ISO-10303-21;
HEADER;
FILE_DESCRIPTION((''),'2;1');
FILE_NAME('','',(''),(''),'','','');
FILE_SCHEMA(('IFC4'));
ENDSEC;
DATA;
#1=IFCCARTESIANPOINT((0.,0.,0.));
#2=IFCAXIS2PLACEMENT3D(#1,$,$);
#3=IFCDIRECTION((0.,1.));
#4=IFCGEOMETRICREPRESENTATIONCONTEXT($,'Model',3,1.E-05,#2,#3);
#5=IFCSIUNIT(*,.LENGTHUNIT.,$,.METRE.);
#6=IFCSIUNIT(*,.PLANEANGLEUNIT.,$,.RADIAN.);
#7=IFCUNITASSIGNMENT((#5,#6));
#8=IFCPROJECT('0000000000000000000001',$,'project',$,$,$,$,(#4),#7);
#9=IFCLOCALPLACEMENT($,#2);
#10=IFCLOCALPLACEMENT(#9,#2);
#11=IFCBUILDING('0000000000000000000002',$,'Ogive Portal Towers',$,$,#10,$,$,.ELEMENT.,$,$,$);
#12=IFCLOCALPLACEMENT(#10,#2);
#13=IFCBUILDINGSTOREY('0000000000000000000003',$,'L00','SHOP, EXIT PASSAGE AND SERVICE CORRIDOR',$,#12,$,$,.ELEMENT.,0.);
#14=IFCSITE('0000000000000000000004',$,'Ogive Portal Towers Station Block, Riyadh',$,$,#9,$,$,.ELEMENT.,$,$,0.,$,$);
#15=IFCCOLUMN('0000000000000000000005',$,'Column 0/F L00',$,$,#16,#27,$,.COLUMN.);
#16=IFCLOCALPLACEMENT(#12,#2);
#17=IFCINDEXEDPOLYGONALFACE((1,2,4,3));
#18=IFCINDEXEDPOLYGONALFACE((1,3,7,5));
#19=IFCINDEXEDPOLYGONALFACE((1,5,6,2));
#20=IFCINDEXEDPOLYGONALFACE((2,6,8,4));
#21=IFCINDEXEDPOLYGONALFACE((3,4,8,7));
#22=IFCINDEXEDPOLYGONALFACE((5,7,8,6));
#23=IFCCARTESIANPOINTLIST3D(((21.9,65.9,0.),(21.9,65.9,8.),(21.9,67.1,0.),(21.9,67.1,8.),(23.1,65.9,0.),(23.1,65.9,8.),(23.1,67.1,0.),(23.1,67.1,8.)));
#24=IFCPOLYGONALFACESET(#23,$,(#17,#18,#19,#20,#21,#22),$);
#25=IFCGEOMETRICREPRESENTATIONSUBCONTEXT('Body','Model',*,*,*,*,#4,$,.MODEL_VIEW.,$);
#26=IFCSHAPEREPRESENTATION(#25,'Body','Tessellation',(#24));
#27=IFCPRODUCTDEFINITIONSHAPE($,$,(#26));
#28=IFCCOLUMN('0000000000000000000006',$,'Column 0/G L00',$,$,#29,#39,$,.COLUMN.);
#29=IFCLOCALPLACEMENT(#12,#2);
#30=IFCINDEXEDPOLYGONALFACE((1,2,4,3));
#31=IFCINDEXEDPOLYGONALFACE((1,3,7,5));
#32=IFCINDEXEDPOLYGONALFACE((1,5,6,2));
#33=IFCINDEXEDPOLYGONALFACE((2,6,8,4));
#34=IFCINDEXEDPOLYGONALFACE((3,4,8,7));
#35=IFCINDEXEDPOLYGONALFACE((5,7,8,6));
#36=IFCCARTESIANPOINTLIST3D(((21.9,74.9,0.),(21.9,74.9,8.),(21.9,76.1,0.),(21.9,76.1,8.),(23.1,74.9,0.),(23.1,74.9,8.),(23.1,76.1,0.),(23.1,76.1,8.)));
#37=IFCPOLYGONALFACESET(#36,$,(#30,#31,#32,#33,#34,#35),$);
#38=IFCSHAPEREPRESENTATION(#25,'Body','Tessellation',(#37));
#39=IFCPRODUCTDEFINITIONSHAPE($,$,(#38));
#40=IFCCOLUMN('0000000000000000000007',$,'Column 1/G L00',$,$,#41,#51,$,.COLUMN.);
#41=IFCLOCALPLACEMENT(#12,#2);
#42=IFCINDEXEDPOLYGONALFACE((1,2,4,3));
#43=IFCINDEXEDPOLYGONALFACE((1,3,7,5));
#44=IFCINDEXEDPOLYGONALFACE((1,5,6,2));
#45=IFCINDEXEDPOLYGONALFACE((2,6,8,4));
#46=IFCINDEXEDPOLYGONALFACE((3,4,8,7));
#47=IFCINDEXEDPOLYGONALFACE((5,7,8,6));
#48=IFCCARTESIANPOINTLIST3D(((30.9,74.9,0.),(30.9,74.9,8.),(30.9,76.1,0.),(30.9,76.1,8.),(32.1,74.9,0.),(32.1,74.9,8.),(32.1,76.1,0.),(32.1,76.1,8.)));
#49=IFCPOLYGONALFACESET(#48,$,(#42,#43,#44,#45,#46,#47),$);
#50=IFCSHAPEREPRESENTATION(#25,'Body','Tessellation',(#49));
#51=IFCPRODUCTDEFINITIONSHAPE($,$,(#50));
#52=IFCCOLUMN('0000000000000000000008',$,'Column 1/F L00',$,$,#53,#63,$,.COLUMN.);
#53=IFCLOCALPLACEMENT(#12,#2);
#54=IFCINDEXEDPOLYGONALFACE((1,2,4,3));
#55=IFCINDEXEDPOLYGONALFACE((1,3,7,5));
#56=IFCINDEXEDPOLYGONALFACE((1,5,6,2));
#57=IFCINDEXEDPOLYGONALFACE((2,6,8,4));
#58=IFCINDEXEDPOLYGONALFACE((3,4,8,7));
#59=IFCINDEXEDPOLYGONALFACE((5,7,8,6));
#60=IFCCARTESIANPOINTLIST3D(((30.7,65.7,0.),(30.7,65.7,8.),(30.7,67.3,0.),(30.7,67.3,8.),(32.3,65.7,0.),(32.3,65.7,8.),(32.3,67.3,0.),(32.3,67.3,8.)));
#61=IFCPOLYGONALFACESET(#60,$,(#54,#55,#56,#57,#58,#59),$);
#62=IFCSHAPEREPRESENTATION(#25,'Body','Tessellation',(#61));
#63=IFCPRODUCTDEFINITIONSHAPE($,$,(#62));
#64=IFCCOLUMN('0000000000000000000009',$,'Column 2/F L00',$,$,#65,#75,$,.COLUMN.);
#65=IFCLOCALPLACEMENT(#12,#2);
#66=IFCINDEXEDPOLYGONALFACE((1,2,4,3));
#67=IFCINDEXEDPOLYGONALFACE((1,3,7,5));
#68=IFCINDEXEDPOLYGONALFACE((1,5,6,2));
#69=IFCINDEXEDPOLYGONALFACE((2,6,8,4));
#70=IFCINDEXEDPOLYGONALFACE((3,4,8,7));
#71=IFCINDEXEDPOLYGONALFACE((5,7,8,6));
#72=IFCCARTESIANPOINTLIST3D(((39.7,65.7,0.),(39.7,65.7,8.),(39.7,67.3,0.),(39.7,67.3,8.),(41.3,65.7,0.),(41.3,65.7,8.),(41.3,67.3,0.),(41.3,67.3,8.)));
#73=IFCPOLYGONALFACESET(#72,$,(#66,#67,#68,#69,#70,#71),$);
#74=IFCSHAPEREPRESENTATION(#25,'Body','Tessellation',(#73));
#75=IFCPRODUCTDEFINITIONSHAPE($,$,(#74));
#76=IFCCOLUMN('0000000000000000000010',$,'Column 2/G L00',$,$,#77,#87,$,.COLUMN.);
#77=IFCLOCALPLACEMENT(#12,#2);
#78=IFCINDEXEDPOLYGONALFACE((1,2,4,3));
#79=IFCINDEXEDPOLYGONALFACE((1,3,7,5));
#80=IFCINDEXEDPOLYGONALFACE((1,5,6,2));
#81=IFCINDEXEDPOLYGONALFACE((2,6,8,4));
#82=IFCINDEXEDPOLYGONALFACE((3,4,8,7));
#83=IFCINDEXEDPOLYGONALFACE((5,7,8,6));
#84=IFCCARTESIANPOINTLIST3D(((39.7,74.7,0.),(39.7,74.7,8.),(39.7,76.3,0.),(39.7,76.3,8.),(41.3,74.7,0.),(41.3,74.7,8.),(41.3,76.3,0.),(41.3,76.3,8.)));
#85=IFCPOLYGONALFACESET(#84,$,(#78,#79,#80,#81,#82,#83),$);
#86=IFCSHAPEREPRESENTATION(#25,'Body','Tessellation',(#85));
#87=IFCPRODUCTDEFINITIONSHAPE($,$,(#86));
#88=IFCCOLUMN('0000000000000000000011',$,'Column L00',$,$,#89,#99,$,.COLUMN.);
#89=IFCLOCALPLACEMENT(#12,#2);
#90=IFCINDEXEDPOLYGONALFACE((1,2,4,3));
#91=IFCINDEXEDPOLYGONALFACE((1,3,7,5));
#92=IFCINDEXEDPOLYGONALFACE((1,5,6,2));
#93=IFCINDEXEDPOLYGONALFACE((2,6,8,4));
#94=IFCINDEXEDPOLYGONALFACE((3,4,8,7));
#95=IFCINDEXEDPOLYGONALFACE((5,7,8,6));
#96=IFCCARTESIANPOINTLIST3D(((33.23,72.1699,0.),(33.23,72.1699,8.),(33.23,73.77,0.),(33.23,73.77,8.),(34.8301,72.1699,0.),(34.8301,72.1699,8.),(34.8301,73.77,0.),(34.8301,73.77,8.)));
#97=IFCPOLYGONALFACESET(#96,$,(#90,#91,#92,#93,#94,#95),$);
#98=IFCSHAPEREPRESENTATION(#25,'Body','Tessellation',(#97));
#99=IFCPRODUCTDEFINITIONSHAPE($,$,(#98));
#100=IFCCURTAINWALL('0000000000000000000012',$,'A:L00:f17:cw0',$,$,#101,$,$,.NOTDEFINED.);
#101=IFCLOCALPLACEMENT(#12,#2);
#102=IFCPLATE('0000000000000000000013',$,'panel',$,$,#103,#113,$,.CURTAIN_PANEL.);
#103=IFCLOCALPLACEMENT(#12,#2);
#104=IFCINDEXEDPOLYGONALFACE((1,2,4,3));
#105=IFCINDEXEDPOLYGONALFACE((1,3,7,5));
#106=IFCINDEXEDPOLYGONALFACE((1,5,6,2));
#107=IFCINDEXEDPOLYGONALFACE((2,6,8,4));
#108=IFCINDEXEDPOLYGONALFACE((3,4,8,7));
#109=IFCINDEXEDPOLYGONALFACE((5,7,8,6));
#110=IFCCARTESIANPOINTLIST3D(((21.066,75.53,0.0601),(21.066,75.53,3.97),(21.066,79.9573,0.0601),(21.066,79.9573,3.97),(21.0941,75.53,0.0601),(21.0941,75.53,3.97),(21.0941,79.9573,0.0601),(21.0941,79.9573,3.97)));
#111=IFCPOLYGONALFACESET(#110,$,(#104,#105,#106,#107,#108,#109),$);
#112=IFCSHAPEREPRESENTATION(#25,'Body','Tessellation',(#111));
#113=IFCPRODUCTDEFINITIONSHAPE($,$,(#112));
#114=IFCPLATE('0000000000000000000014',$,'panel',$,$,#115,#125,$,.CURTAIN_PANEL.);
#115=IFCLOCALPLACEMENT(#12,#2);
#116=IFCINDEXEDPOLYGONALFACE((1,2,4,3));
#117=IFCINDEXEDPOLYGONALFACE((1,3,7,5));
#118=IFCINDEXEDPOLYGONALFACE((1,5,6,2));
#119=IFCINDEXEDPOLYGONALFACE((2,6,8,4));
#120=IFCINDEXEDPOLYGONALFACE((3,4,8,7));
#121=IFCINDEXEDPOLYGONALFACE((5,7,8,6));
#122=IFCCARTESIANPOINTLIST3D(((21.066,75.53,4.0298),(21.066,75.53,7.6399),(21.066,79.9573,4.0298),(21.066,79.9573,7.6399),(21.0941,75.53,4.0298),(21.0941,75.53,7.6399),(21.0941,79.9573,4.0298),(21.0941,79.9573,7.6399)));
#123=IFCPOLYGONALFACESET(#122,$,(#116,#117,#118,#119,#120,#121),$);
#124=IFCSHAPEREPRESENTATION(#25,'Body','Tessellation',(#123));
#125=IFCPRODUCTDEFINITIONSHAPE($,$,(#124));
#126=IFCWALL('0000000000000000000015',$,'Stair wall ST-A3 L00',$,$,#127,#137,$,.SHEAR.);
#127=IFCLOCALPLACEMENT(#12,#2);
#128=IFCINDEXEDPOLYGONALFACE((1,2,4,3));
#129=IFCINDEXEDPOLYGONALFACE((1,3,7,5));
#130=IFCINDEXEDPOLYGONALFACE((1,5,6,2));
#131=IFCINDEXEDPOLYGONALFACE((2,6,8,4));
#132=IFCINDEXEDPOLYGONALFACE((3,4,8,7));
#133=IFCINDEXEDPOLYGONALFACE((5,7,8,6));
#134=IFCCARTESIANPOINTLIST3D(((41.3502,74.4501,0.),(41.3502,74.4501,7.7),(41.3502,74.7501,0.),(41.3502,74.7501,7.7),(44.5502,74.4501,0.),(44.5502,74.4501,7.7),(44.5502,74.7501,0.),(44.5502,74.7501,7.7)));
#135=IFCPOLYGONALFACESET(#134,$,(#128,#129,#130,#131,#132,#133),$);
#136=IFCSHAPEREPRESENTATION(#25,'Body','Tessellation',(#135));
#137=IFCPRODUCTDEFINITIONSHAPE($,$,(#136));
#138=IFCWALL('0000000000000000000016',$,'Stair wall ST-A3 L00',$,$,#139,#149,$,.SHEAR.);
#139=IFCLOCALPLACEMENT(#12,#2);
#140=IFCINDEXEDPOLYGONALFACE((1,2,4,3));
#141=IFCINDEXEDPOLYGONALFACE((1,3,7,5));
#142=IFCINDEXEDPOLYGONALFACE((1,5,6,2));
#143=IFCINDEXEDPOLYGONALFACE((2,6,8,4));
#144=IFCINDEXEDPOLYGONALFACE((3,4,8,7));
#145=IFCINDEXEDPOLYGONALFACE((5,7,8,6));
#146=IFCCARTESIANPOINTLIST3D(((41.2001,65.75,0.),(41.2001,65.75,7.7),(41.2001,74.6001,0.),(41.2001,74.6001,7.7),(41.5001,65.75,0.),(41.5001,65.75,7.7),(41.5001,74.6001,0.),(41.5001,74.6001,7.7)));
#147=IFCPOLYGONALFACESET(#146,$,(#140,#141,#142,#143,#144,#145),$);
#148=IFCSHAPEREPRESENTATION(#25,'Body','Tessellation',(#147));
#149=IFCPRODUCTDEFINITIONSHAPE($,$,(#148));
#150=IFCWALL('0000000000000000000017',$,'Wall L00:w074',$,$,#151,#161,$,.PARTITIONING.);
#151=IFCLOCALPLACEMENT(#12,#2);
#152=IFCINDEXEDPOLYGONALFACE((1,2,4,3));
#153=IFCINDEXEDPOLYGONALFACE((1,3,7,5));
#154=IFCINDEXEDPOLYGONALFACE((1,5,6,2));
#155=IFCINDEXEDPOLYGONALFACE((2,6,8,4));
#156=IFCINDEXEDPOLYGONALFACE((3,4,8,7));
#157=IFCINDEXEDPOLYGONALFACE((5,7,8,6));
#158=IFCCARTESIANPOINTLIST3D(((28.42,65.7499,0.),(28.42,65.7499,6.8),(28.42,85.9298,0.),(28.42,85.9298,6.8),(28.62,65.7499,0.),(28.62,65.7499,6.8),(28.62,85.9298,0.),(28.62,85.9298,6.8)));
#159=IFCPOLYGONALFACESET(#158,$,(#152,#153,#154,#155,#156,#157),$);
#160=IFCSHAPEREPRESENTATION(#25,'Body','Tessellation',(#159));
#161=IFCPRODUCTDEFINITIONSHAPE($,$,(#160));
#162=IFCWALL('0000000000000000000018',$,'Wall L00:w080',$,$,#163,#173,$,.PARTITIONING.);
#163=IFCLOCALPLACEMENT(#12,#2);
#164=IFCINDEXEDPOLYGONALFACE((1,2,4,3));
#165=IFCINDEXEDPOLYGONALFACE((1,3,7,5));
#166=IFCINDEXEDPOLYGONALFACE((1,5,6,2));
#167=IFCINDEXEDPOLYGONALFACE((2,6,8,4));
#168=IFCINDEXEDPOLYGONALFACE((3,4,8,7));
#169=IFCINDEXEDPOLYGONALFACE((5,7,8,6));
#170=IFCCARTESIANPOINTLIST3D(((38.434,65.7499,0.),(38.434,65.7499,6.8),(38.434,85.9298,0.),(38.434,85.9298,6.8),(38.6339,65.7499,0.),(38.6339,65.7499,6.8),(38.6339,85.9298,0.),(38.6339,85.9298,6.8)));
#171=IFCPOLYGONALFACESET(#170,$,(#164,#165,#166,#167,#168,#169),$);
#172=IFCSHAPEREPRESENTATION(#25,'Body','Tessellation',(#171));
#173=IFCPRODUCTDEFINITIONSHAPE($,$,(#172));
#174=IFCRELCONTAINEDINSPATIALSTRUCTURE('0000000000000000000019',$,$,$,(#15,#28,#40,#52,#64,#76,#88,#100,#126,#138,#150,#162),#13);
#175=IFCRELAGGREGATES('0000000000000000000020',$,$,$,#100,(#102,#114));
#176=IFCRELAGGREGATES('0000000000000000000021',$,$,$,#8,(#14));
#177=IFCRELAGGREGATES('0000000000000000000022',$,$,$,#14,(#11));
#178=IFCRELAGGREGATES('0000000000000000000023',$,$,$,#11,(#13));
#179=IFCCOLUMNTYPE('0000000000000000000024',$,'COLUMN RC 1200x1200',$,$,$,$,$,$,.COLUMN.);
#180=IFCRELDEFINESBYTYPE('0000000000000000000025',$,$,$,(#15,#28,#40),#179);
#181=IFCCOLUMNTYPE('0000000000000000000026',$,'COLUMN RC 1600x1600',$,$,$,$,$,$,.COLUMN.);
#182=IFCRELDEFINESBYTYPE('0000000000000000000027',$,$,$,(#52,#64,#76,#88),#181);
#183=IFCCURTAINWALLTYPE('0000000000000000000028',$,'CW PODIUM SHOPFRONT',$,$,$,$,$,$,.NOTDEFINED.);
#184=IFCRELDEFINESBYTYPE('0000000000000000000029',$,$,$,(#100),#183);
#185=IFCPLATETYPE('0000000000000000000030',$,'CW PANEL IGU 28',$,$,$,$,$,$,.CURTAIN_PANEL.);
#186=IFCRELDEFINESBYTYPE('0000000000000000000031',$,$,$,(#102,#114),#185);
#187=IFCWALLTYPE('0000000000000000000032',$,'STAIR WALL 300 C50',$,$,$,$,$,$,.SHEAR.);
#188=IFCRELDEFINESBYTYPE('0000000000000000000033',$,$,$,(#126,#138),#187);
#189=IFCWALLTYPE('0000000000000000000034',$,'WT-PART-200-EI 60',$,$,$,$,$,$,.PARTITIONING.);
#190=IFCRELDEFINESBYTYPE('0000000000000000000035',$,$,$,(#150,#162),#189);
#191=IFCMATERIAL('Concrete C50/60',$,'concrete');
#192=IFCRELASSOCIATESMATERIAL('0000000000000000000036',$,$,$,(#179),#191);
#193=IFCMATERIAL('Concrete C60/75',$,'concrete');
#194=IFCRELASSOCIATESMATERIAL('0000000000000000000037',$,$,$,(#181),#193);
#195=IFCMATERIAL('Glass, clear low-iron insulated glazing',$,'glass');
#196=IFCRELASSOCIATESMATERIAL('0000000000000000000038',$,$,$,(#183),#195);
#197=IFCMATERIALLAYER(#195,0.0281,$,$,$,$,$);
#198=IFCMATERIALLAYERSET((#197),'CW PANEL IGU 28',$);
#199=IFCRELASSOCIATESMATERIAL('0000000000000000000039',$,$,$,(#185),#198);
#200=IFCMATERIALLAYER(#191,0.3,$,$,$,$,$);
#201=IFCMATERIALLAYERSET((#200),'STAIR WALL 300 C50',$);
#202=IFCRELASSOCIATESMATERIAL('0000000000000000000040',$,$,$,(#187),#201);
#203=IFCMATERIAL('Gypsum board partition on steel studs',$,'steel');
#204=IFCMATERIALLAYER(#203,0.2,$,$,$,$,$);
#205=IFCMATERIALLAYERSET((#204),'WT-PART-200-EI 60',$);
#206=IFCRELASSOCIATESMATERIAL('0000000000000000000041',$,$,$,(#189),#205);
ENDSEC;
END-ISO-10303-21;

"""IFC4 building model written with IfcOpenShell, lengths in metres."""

from ifc_helpers import new_model, si_unit, direction, frame, frame_2d, origin, origin_2d, place, context, subcontext, project, spatial, rectangle, extrude, material, layer, layer_set, material_profile, profile_set, type_object, element, aggregate, save


model = new_model("IFC4")

# Units and contexts
model_context = context("Model", 3, precision=1e-05, world=origin(), true_north=direction((0.0, 1.0)))
body_context = subcontext(model_context, "Body", "Model", "MODEL_VIEW")
ifc_project = project(units=[si_unit("LENGTHUNIT", "METRE"), si_unit("PLANEANGLEUNIT", "RADIAN")], contexts=[model_context])

# Site, building, storey
site_placement = place(None, origin())
site = spatial("IfcSite", under=ifc_project, at=site_placement, Name="Ogive Portal Towers Station Block, Riyadh", CompositionType="ELEMENT", RefElevation=0.0)
building_placement = place(site_placement, origin())
building = spatial("IfcBuilding", under=site, at=building_placement, Name="Ogive Portal Towers", CompositionType="ELEMENT")
storey_placement = place(building_placement, origin())
storey = spatial("IfcBuildingStorey", under=building, at=storey_placement, Name="L00", Description="SHOP, EXIT PASSAGE AND SERVICE CORRIDOR", CompositionType="ELEMENT", Elevation=0.0)

# Columns
ifc_material_1 = material(Name="Concrete C50/60", Category="concrete")
ifc_material_profile_1 = material_profile(ifc_material_1, rectangle(XDim=1.2, YDim=1.2, at=origin_2d()), Name="RC 1200x1200")
ifc_profile_set_1 = profile_set([ifc_material_profile_1], Name="Concrete C50/60")
column_type_1 = type_object("IfcColumnType", Name="COLUMN RC 1200x1200", PredefinedType="COLUMN", material=ifc_profile_set_1)
for number, where, z_axis, x_axis, name in (
    (1, (22.5, 66.5, 0.0), (0.0, 0.0, 1.0), (1.0, 0.0, 0.0), "Column 0/F L00"),
    (2, (22.5, 75.5, 0.0), (0.0, 0.0, 1.0), (1.0, 0.0, 0.0), "Column 0/G L00"),
    (3, (31.5, 75.5, 0.0), (0.0, 0.0, 1.0), (1.0, 0.0, 0.0), "Column 1/G L00"),
):
    element("IfcColumn", number, at=place(storey_placement, frame(where, z_axis=z_axis, x_axis=x_axis)), inside=storey, type_object=column_type_1, Name=name, PredefinedType="COLUMN", context=body_context, shape_type="SweptSolid", body=[
        extrude(rectangle(XDim=1.2, YDim=1.2, at=origin_2d()), origin(), (0.0, 0.0, 1.0), 8.0),
    ])
ifc_material_2 = material(Name="Concrete C60/75", Category="concrete")
ifc_material_profile_2 = material_profile(ifc_material_2, rectangle(XDim=1.6001, YDim=1.6001, at=origin_2d()), Name="RC 1600x1600")
ifc_profile_set_2 = profile_set([ifc_material_profile_2], Name="Concrete C60/75")
column_type_2 = type_object("IfcColumnType", Name="COLUMN RC 1600x1600", PredefinedType="COLUMN", material=ifc_profile_set_2)
for number, where, z_axis, x_axis, name in (
    (4, (31.5, 66.5, 0.0), (0.0, 0.0, 1.0), (1.0, 0.0, 0.0), "Column 1/F L00"),
    (5, (40.5, 66.5, 0.0), (0.0, 0.0, 1.0), (1.0, 0.0, 0.0), "Column 2/F L00"),
    (6, (40.5, 75.5, 0.0), (0.0, 0.0, 1.0), (1.0, 0.0, 0.0), "Column 2/G L00"),
    (7, (34.03, 72.97, 0.0), (0.0, 0.0, 1.0), (1.0, 0.0, 0.0), "Column L00"),
):
    element("IfcColumn", number, at=place(storey_placement, frame(where, z_axis=z_axis, x_axis=x_axis)), inside=storey, type_object=column_type_2, Name=name, PredefinedType="COLUMN", context=body_context, shape_type="SweptSolid", body=[
        extrude(rectangle(XDim=1.6001, YDim=1.6001, at=origin_2d()), origin(), (0.0, 0.0, 1.0), 8.0),
    ])

# Curtain wall, plates
ifc_material_3 = material(Name="Glass, clear low-iron insulated glazing", Category="glass")
curtain_wall_type = type_object("IfcCurtainWallType", Name="CW PODIUM SHOPFRONT", PredefinedType="NOTDEFINED", material=ifc_material_3)
curtain_wall_placement = place(storey_placement, origin())
curtain_wall = element("IfcCurtainWall", 8, at=curtain_wall_placement, inside=storey, type_object=curtain_wall_type, Name="A:L00:f17:cw0", PredefinedType="NOTDEFINED")
ifc_layer_1 = layer(ifc_material_3, 0.0281)
ifc_layer_set_1 = layer_set([ifc_layer_1], Name="CW PANEL IGU 28")
plate_type = type_object("IfcPlateType", Name="CW PANEL IGU 28", PredefinedType="CURTAIN_PANEL", material=ifc_layer_set_1)
plate_1_placement = place(storey_placement, frame((21.0801, 77.7437, 0.0601), z_axis=(0.0, 0.0, 1.0), x_axis=(0.0, -1.0, 0.0)))
plate_1 = element("IfcPlate", 9, at=plate_1_placement, type_object=plate_type, Name="panel", PredefinedType="CURTAIN_PANEL", context=body_context, shape_type="SweptSolid", body=[
    extrude(rectangle(XDim=4.4272, YDim=0.0281, at=origin_2d()), origin(), (0.0, 0.0, 1.0), 3.9099),
])
plate_2_placement = place(storey_placement, frame((21.0801, 77.7437, 4.0298), z_axis=(0.0, 0.0, 1.0), x_axis=(0.0, -1.0, 0.0)))
plate_2 = element("IfcPlate", 10, at=plate_2_placement, type_object=plate_type, Name="panel", PredefinedType="CURTAIN_PANEL", context=body_context, shape_type="SweptSolid", body=[
    extrude(rectangle(XDim=4.4272, YDim=0.0281, at=origin_2d()), origin(), (0.0, 0.0, 1.0), 3.6101),
])
aggregate(curtain_wall, [plate_1, plate_2])

# Walls
ifc_layer_2 = layer(ifc_material_1, 0.3)
ifc_layer_set_2 = layer_set([ifc_layer_2], Name="STAIR WALL 300 C50")
wall_type_1 = type_object("IfcWallType", Name="STAIR WALL 300 C50", PredefinedType="SHEAR", material=ifc_layer_set_2)
wall_1_placement = place(storey_placement, frame((41.3501, 74.6001, 0.0), z_axis=(0.0, 0.0, 1.0), x_axis=(1.0, 0.0, 0.0)))
element("IfcWall", 11, at=wall_1_placement, inside=storey, type_object=wall_type_1, Name="Stair wall ST-A3 L00", PredefinedType="SHEAR", context=body_context, shape_type="SweptSolid", body=[
    extrude(rectangle(XDim=3.2, YDim=0.3, at=frame_2d((1.6001, 0.0))), origin(), (0.0, 0.0, 1.0), 7.7),
])
wall_2_placement = place(storey_placement, frame((41.3501, 65.75, 0.0), z_axis=(0.0, 0.0, 1.0), x_axis=(0.0, 1.0, 0.0)))
element("IfcWall", 12, at=wall_2_placement, inside=storey, type_object=wall_type_1, Name="Stair wall ST-A3 L00", PredefinedType="SHEAR", context=body_context, shape_type="SweptSolid", body=[
    extrude(rectangle(XDim=8.8501, YDim=0.3, at=frame_2d((4.425, 0.0))), origin(), (0.0, 0.0, 1.0), 7.7),
])
ifc_material_4 = material(Name="Gypsum board partition on steel studs", Category="steel")
ifc_layer_3 = layer(ifc_material_4, 0.2)
ifc_layer_set_3 = layer_set([ifc_layer_3], Name="WT-PART-200-EI 60")
wall_type_2 = type_object("IfcWallType", Name="WT-PART-200-EI 60", PredefinedType="PARTITIONING", material=ifc_layer_set_3)
for number, where, z_axis, x_axis, name in (
    (13, (28.52, 65.75, 0.0), (0.0, 0.0, 1.0), (0.0, 1.0, 0.0), "Wall L00:w074"),
    (14, (38.5339, 65.75, 0.0), (0.0, 0.0, 1.0), (0.0, 1.0, 0.0), "Wall L00:w080"),
):
    element("IfcWall", number, at=place(storey_placement, frame(where, z_axis=z_axis, x_axis=x_axis)), inside=storey, type_object=wall_type_2, Name=name, PredefinedType="PARTITIONING", context=body_context, shape_type="SweptSolid", body=[
        extrude(rectangle(XDim=20.1799, YDim=0.2, at=frame_2d((10.0898, 0.0))), origin(), (0.0, 0.0, 1.0), 6.8),
    ])

save(model, "model.ifc")
